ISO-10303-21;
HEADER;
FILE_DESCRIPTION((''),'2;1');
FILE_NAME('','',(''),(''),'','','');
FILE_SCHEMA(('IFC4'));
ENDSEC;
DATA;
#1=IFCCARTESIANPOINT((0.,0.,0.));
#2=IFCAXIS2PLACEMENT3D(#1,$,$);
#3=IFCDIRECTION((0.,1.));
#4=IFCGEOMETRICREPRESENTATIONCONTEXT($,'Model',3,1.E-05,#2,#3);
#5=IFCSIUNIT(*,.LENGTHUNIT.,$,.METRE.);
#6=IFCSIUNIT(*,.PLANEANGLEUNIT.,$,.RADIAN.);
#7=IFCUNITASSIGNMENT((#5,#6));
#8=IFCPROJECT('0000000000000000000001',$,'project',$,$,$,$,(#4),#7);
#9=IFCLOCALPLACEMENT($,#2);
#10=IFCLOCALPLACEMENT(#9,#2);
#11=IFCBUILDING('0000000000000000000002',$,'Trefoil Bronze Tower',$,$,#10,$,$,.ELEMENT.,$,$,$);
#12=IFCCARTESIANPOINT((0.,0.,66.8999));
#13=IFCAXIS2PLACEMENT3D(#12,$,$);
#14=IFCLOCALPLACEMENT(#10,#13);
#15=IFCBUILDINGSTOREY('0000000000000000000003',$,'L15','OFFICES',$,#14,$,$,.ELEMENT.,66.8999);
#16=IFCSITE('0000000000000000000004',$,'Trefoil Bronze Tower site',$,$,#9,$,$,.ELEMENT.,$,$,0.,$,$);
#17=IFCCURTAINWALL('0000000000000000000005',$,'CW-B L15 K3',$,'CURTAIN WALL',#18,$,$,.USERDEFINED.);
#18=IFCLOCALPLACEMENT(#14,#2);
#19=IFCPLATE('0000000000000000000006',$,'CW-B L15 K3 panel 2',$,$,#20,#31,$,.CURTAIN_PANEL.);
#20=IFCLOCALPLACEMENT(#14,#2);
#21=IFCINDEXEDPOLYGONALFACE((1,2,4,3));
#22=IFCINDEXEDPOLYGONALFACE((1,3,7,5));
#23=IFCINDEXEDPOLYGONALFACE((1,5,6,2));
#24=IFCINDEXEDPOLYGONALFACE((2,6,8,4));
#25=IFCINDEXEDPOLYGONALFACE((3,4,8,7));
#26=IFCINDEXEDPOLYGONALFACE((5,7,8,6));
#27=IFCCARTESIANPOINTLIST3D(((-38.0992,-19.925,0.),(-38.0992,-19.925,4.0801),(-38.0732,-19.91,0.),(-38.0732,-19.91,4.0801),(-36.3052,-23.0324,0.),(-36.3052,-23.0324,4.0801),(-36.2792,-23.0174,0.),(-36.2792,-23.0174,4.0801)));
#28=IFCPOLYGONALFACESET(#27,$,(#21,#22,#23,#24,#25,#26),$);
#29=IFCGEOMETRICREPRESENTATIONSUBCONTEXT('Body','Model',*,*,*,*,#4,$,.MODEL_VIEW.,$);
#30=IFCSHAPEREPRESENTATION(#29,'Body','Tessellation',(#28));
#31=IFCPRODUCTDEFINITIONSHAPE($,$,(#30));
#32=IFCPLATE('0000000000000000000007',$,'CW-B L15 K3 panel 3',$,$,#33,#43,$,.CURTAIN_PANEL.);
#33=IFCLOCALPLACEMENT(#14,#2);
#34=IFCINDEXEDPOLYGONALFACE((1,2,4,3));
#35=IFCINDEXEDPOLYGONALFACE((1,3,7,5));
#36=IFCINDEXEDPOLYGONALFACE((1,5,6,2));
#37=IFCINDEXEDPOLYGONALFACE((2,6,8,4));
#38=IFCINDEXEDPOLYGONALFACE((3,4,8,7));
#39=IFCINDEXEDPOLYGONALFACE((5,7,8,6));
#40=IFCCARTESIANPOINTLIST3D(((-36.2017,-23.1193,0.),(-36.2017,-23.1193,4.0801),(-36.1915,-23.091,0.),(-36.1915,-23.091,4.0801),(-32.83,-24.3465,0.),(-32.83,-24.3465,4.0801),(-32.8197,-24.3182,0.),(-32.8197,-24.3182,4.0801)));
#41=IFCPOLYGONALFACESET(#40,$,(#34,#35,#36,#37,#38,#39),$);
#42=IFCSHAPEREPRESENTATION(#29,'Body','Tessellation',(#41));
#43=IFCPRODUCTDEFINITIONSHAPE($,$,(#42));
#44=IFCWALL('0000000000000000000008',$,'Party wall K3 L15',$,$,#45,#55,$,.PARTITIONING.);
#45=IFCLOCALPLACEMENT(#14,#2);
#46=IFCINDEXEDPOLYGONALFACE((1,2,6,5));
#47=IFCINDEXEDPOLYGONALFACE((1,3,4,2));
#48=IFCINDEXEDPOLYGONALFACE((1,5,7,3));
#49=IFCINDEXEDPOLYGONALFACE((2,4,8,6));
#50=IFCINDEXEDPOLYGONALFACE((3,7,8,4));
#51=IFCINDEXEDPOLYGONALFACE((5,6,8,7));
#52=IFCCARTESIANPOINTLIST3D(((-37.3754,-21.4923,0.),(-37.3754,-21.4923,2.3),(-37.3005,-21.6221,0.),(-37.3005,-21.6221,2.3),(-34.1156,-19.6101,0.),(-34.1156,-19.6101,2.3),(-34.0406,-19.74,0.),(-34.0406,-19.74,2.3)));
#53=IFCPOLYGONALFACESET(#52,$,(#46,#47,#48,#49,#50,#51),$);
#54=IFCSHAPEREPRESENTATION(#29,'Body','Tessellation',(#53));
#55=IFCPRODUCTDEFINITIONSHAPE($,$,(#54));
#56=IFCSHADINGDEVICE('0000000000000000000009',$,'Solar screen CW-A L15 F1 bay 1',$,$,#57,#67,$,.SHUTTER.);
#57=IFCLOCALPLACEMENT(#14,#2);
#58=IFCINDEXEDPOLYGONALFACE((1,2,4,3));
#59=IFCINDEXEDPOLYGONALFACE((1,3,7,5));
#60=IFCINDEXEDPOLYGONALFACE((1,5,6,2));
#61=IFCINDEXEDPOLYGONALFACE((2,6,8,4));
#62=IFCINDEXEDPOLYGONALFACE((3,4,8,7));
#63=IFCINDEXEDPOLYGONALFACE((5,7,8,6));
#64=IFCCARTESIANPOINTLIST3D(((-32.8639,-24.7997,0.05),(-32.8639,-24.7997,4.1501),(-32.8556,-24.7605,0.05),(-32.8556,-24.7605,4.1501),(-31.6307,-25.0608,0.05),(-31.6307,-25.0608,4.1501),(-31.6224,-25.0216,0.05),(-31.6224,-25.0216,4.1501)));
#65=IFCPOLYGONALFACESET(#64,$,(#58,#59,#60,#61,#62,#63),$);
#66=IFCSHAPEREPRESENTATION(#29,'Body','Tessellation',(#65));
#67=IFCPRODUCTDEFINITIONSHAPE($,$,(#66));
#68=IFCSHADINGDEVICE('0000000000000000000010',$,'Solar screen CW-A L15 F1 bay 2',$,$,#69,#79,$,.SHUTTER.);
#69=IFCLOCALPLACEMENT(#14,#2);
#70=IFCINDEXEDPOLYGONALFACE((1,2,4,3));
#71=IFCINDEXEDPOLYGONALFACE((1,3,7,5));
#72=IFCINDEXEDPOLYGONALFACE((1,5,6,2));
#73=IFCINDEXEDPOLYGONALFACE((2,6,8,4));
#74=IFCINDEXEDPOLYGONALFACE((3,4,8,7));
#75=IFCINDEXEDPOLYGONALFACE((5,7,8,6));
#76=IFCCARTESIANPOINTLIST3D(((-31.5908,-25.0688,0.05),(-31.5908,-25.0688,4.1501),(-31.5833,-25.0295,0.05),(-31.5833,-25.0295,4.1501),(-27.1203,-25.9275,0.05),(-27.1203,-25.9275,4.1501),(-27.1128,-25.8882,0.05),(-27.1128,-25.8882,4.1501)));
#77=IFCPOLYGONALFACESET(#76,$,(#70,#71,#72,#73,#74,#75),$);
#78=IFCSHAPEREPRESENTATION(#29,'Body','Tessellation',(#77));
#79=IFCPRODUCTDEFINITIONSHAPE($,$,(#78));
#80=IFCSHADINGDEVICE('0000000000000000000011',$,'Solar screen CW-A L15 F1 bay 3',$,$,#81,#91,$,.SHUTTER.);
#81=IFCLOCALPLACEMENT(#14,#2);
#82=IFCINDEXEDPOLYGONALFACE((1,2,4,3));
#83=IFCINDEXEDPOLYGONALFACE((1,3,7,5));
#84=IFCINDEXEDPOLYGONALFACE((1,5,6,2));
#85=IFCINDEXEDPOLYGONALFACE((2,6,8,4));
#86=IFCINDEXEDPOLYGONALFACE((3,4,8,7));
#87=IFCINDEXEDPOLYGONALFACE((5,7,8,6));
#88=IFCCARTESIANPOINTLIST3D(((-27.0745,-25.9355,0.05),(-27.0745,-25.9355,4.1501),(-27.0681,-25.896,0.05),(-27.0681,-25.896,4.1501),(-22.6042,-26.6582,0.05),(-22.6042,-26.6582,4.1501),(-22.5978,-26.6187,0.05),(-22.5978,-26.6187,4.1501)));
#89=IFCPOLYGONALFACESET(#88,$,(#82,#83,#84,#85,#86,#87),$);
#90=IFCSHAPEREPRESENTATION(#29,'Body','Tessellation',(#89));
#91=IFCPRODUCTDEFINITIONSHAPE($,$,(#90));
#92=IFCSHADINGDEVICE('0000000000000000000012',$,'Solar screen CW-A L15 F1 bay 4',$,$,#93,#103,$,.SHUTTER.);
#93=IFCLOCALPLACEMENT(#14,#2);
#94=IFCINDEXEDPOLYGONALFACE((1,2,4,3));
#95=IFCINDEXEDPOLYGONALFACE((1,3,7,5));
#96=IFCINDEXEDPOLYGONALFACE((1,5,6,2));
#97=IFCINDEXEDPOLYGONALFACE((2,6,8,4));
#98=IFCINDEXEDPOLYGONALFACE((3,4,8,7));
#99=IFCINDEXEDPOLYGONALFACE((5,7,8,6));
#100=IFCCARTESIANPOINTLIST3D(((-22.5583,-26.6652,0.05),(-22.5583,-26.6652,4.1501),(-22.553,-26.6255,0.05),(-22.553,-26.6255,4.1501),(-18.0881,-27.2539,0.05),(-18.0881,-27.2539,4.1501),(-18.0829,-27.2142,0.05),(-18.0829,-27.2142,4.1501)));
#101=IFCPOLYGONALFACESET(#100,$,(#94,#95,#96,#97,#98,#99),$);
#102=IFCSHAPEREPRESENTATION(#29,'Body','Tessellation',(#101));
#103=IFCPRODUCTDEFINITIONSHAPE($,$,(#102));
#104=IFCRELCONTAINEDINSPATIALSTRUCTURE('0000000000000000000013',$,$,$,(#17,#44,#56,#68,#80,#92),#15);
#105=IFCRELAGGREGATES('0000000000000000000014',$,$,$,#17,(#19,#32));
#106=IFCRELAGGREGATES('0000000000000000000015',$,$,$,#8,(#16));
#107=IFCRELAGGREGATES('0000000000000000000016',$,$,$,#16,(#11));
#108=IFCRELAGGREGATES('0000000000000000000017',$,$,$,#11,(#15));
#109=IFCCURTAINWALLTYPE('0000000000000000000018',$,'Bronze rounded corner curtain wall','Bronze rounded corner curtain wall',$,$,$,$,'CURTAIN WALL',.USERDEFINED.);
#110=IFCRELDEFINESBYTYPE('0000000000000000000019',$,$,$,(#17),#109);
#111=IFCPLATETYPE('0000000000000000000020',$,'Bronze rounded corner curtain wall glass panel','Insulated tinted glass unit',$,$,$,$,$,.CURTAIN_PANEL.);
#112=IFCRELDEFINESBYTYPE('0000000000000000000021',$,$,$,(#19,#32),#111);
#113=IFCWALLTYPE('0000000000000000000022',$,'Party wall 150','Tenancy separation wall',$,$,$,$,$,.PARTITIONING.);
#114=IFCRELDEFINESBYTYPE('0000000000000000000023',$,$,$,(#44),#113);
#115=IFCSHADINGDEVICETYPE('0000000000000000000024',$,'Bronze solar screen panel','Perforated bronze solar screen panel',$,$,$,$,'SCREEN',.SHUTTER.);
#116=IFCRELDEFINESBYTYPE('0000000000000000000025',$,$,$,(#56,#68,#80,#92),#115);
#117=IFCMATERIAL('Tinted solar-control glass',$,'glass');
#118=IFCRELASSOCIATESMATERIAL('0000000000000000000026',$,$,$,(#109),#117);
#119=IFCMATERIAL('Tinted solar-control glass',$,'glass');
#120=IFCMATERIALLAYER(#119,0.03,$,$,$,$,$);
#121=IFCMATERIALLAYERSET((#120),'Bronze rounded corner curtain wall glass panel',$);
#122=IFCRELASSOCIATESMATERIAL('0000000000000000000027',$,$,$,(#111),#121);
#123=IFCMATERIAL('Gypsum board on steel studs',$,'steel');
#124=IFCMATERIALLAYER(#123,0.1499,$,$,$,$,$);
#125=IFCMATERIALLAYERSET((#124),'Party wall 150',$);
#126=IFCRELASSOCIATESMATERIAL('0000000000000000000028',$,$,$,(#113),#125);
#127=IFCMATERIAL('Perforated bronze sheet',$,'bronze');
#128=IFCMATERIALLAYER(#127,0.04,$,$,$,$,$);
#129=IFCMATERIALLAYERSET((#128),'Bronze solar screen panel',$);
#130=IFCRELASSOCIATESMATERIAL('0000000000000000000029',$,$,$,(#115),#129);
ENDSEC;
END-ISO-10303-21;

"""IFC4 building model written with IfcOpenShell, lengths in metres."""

from ifc_helpers import new_model, si_unit, direction, frame, frame_2d, origin, origin_2d, place, context, subcontext, project, spatial, rectangle, extrude, material, layer, layer_set, type_object, element, aggregate, save


model = new_model("IFC4")

# Units and contexts
model_context = context("Model", 3, precision=1e-05, world=origin(), true_north=direction((0.0, 1.0)))
body_context = subcontext(model_context, "Body", "Model", "MODEL_VIEW")
ifc_project = project(units=[si_unit("LENGTHUNIT", "METRE"), si_unit("PLANEANGLEUNIT", "RADIAN")], contexts=[model_context])

# Site, building, storey
site_placement = place(None, origin())
site = spatial("IfcSite", under=ifc_project, at=site_placement, Name="Trefoil Bronze Tower site", CompositionType="ELEMENT", RefElevation=0.0)
building_placement = place(site_placement, origin())
building = spatial("IfcBuilding", under=site, at=building_placement, Name="Trefoil Bronze Tower", CompositionType="ELEMENT")
storey_placement = place(building_placement, frame((0.0, 0.0, 66.8999)))
storey = spatial("IfcBuildingStorey", under=building, at=storey_placement, Name="L15", Description="OFFICES", CompositionType="ELEMENT", Elevation=66.8999)

# Curtain wall
ifc_material_1 = material(Name="Tinted solar-control glass", Category="glass")
curtain_wall_type_1 = type_object("IfcCurtainWallType", Name="Bronze rounded corner curtain wall", Description="Bronze rounded corner curtain wall", ElementType="CURTAIN WALL", PredefinedType="USERDEFINED", material=ifc_material_1)
curtain_wall_1_placement = place(storey_placement, origin())
curtain_wall_1 = element("IfcCurtainWall", 1, at=curtain_wall_1_placement, inside=storey, type_object=curtain_wall_type_1, Name="CW-B L15 K3", ObjectType="CURTAIN WALL", PredefinedType="USERDEFINED")

# Plates
ifc_material_2 = material(Name="Tinted solar-control glass", Category="glass")
ifc_layer_1 = layer(ifc_material_2, 0.03)
ifc_layer_set_1 = layer_set([ifc_layer_1], Name="Bronze rounded corner curtain wall glass panel")
plate_type_1 = type_object("IfcPlateType", Name="Bronze rounded corner curtain wall glass panel", Description="Insulated tinted glass unit", PredefinedType="CURTAIN_PANEL", material=ifc_layer_set_1)
plate_1_placement = place(storey_placement, frame((-37.1892, -21.4712, 0.0), z_axis=(0.0, 0.0, 1.0), x_axis=(0.5, -0.866025, 0.0)))
plate_1 = element("IfcPlate", 2, at=plate_1_placement, type_object=plate_type_1, Name="CW-B L15 K3 panel 2", PredefinedType="CURTAIN_PANEL", context=body_context, shape_type="SweptSolid", body=[
    extrude(rectangle(XDim=3.5881, YDim=0.03, at=origin_2d()), origin(), (0.0, 0.0, 1.0), 4.0801),
])
plate_2_placement = place(storey_placement, frame((-34.5107, -23.7188, 0.0), z_axis=(0.0, 0.0, 1.0), x_axis=(0.939693, -0.34202, 0.0)))
plate_2 = element("IfcPlate", 3, at=plate_2_placement, type_object=plate_type_1, Name="CW-B L15 K3 panel 3", PredefinedType="CURTAIN_PANEL", context=body_context, shape_type="SweptSolid", body=[
    extrude(rectangle(XDim=3.5881, YDim=0.03, at=origin_2d()), origin(), (0.0, 0.0, 1.0), 4.0801),
])
aggregate(curtain_wall_1, [plate_1, plate_2])

# Wall
ifc_material_3 = material(Name="Gypsum board on steel studs", Category="steel")
ifc_layer_2 = layer(ifc_material_3, 0.1499)
ifc_layer_set_2 = layer_set([ifc_layer_2], Name="Party wall 150")
wall_type = type_object("IfcWallType", Name="Party wall 150", Description="Tenancy separation wall", PredefinedType="PARTITIONING", material=ifc_layer_set_2)
wall_placement = place(storey_placement, frame((-34.0781, -19.675, 0.0), z_axis=(0.0, 0.0, 1.0), x_axis=(-0.866019, -0.500011, 0.0)))
element("IfcWall", 4, at=wall_placement, inside=storey, type_object=wall_type, Name="Party wall K3 L15", PredefinedType="PARTITIONING", context=body_context, shape_type="SweptSolid", body=[
    extrude(rectangle(XDim=3.7642, YDim=0.1499, at=frame_2d((1.8821, 0.0))), origin(), (0.0, 0.0, 1.0), 2.3),
])

# Shading devices
ifc_material_4 = material(Name="Perforated bronze sheet", Category="bronze")
ifc_layer_3 = layer(ifc_material_4, 0.04)
ifc_layer_set_3 = layer_set([ifc_layer_3], Name="Bronze solar screen panel")
shading_device_type = type_object("IfcShadingDeviceType", Name="Bronze solar screen panel", Description="Perforated bronze solar screen panel", ElementType="SCREEN", PredefinedType="SHUTTER", material=ifc_layer_set_3)
shading_device_1_placement = place(storey_placement, frame((-32.2432, -24.9106, 0.05), z_axis=(0.0, 0.0, 1.0), x_axis=(0.978303, -0.207181, 0.0)))
element("IfcShadingDevice", 5, at=shading_device_1_placement, inside=storey, type_object=shading_device_type, Name="Solar screen CW-A L15 F1 bay 1", PredefinedType="SHUTTER", context=body_context, shape_type="SweptSolid", body=[
    extrude(rectangle(XDim=1.2605, YDim=0.04, at=origin_2d()), origin(), (0.0, 0.0, 1.0), 4.1001),
])
shading_device_2_placement = place(storey_placement, frame((-29.3518, -25.4785, 0.05), z_axis=(0.0, 0.0, 1.0), x_axis=(0.98205, -0.188622, 0.0)))
element("IfcShadingDevice", 6, at=shading_device_2_placement, inside=storey, type_object=shading_device_type, Name="Solar screen CW-A L15 F1 bay 2", PredefinedType="SHUTTER", context=body_context, shape_type="SweptSolid", body=[
    extrude(rectangle(XDim=4.5522, YDim=0.04, at=origin_2d()), origin(), (0.0, 0.0, 1.0), 4.1001),
])
shading_device_3_placement = place(storey_placement, frame((-24.8362, -26.2771, 0.05), z_axis=(0.0, 0.0, 1.0), x_axis=(0.987181, -0.159603, 0.0)))
element("IfcShadingDevice", 7, at=shading_device_3_placement, inside=storey, type_object=shading_device_type, Name="Solar screen CW-A L15 F1 bay 3", PredefinedType="SHUTTER", context=body_context, shape_type="SweptSolid", body=[
    extrude(rectangle(XDim=4.5283, YDim=0.04, at=origin_2d()), origin(), (0.0, 0.0, 1.0), 4.1001),
])
shading_device_4_placement = place(storey_placement, frame((-20.3206, -26.9397, 0.05), z_axis=(0.0, 0.0, 1.0), x_axis=(0.991437, -0.130584, 0.0)))
element("IfcShadingDevice", 8, at=shading_device_4_placement, inside=storey, type_object=shading_device_type, Name="Solar screen CW-A L15 F1 bay 4", PredefinedType="SHUTTER", context=body_context, shape_type="SweptSolid", body=[
    extrude(rectangle(XDim=4.5088, YDim=0.04, at=origin_2d()), origin(), (0.0, 0.0, 1.0), 4.1001),
])

save(model, "model.ifc")
